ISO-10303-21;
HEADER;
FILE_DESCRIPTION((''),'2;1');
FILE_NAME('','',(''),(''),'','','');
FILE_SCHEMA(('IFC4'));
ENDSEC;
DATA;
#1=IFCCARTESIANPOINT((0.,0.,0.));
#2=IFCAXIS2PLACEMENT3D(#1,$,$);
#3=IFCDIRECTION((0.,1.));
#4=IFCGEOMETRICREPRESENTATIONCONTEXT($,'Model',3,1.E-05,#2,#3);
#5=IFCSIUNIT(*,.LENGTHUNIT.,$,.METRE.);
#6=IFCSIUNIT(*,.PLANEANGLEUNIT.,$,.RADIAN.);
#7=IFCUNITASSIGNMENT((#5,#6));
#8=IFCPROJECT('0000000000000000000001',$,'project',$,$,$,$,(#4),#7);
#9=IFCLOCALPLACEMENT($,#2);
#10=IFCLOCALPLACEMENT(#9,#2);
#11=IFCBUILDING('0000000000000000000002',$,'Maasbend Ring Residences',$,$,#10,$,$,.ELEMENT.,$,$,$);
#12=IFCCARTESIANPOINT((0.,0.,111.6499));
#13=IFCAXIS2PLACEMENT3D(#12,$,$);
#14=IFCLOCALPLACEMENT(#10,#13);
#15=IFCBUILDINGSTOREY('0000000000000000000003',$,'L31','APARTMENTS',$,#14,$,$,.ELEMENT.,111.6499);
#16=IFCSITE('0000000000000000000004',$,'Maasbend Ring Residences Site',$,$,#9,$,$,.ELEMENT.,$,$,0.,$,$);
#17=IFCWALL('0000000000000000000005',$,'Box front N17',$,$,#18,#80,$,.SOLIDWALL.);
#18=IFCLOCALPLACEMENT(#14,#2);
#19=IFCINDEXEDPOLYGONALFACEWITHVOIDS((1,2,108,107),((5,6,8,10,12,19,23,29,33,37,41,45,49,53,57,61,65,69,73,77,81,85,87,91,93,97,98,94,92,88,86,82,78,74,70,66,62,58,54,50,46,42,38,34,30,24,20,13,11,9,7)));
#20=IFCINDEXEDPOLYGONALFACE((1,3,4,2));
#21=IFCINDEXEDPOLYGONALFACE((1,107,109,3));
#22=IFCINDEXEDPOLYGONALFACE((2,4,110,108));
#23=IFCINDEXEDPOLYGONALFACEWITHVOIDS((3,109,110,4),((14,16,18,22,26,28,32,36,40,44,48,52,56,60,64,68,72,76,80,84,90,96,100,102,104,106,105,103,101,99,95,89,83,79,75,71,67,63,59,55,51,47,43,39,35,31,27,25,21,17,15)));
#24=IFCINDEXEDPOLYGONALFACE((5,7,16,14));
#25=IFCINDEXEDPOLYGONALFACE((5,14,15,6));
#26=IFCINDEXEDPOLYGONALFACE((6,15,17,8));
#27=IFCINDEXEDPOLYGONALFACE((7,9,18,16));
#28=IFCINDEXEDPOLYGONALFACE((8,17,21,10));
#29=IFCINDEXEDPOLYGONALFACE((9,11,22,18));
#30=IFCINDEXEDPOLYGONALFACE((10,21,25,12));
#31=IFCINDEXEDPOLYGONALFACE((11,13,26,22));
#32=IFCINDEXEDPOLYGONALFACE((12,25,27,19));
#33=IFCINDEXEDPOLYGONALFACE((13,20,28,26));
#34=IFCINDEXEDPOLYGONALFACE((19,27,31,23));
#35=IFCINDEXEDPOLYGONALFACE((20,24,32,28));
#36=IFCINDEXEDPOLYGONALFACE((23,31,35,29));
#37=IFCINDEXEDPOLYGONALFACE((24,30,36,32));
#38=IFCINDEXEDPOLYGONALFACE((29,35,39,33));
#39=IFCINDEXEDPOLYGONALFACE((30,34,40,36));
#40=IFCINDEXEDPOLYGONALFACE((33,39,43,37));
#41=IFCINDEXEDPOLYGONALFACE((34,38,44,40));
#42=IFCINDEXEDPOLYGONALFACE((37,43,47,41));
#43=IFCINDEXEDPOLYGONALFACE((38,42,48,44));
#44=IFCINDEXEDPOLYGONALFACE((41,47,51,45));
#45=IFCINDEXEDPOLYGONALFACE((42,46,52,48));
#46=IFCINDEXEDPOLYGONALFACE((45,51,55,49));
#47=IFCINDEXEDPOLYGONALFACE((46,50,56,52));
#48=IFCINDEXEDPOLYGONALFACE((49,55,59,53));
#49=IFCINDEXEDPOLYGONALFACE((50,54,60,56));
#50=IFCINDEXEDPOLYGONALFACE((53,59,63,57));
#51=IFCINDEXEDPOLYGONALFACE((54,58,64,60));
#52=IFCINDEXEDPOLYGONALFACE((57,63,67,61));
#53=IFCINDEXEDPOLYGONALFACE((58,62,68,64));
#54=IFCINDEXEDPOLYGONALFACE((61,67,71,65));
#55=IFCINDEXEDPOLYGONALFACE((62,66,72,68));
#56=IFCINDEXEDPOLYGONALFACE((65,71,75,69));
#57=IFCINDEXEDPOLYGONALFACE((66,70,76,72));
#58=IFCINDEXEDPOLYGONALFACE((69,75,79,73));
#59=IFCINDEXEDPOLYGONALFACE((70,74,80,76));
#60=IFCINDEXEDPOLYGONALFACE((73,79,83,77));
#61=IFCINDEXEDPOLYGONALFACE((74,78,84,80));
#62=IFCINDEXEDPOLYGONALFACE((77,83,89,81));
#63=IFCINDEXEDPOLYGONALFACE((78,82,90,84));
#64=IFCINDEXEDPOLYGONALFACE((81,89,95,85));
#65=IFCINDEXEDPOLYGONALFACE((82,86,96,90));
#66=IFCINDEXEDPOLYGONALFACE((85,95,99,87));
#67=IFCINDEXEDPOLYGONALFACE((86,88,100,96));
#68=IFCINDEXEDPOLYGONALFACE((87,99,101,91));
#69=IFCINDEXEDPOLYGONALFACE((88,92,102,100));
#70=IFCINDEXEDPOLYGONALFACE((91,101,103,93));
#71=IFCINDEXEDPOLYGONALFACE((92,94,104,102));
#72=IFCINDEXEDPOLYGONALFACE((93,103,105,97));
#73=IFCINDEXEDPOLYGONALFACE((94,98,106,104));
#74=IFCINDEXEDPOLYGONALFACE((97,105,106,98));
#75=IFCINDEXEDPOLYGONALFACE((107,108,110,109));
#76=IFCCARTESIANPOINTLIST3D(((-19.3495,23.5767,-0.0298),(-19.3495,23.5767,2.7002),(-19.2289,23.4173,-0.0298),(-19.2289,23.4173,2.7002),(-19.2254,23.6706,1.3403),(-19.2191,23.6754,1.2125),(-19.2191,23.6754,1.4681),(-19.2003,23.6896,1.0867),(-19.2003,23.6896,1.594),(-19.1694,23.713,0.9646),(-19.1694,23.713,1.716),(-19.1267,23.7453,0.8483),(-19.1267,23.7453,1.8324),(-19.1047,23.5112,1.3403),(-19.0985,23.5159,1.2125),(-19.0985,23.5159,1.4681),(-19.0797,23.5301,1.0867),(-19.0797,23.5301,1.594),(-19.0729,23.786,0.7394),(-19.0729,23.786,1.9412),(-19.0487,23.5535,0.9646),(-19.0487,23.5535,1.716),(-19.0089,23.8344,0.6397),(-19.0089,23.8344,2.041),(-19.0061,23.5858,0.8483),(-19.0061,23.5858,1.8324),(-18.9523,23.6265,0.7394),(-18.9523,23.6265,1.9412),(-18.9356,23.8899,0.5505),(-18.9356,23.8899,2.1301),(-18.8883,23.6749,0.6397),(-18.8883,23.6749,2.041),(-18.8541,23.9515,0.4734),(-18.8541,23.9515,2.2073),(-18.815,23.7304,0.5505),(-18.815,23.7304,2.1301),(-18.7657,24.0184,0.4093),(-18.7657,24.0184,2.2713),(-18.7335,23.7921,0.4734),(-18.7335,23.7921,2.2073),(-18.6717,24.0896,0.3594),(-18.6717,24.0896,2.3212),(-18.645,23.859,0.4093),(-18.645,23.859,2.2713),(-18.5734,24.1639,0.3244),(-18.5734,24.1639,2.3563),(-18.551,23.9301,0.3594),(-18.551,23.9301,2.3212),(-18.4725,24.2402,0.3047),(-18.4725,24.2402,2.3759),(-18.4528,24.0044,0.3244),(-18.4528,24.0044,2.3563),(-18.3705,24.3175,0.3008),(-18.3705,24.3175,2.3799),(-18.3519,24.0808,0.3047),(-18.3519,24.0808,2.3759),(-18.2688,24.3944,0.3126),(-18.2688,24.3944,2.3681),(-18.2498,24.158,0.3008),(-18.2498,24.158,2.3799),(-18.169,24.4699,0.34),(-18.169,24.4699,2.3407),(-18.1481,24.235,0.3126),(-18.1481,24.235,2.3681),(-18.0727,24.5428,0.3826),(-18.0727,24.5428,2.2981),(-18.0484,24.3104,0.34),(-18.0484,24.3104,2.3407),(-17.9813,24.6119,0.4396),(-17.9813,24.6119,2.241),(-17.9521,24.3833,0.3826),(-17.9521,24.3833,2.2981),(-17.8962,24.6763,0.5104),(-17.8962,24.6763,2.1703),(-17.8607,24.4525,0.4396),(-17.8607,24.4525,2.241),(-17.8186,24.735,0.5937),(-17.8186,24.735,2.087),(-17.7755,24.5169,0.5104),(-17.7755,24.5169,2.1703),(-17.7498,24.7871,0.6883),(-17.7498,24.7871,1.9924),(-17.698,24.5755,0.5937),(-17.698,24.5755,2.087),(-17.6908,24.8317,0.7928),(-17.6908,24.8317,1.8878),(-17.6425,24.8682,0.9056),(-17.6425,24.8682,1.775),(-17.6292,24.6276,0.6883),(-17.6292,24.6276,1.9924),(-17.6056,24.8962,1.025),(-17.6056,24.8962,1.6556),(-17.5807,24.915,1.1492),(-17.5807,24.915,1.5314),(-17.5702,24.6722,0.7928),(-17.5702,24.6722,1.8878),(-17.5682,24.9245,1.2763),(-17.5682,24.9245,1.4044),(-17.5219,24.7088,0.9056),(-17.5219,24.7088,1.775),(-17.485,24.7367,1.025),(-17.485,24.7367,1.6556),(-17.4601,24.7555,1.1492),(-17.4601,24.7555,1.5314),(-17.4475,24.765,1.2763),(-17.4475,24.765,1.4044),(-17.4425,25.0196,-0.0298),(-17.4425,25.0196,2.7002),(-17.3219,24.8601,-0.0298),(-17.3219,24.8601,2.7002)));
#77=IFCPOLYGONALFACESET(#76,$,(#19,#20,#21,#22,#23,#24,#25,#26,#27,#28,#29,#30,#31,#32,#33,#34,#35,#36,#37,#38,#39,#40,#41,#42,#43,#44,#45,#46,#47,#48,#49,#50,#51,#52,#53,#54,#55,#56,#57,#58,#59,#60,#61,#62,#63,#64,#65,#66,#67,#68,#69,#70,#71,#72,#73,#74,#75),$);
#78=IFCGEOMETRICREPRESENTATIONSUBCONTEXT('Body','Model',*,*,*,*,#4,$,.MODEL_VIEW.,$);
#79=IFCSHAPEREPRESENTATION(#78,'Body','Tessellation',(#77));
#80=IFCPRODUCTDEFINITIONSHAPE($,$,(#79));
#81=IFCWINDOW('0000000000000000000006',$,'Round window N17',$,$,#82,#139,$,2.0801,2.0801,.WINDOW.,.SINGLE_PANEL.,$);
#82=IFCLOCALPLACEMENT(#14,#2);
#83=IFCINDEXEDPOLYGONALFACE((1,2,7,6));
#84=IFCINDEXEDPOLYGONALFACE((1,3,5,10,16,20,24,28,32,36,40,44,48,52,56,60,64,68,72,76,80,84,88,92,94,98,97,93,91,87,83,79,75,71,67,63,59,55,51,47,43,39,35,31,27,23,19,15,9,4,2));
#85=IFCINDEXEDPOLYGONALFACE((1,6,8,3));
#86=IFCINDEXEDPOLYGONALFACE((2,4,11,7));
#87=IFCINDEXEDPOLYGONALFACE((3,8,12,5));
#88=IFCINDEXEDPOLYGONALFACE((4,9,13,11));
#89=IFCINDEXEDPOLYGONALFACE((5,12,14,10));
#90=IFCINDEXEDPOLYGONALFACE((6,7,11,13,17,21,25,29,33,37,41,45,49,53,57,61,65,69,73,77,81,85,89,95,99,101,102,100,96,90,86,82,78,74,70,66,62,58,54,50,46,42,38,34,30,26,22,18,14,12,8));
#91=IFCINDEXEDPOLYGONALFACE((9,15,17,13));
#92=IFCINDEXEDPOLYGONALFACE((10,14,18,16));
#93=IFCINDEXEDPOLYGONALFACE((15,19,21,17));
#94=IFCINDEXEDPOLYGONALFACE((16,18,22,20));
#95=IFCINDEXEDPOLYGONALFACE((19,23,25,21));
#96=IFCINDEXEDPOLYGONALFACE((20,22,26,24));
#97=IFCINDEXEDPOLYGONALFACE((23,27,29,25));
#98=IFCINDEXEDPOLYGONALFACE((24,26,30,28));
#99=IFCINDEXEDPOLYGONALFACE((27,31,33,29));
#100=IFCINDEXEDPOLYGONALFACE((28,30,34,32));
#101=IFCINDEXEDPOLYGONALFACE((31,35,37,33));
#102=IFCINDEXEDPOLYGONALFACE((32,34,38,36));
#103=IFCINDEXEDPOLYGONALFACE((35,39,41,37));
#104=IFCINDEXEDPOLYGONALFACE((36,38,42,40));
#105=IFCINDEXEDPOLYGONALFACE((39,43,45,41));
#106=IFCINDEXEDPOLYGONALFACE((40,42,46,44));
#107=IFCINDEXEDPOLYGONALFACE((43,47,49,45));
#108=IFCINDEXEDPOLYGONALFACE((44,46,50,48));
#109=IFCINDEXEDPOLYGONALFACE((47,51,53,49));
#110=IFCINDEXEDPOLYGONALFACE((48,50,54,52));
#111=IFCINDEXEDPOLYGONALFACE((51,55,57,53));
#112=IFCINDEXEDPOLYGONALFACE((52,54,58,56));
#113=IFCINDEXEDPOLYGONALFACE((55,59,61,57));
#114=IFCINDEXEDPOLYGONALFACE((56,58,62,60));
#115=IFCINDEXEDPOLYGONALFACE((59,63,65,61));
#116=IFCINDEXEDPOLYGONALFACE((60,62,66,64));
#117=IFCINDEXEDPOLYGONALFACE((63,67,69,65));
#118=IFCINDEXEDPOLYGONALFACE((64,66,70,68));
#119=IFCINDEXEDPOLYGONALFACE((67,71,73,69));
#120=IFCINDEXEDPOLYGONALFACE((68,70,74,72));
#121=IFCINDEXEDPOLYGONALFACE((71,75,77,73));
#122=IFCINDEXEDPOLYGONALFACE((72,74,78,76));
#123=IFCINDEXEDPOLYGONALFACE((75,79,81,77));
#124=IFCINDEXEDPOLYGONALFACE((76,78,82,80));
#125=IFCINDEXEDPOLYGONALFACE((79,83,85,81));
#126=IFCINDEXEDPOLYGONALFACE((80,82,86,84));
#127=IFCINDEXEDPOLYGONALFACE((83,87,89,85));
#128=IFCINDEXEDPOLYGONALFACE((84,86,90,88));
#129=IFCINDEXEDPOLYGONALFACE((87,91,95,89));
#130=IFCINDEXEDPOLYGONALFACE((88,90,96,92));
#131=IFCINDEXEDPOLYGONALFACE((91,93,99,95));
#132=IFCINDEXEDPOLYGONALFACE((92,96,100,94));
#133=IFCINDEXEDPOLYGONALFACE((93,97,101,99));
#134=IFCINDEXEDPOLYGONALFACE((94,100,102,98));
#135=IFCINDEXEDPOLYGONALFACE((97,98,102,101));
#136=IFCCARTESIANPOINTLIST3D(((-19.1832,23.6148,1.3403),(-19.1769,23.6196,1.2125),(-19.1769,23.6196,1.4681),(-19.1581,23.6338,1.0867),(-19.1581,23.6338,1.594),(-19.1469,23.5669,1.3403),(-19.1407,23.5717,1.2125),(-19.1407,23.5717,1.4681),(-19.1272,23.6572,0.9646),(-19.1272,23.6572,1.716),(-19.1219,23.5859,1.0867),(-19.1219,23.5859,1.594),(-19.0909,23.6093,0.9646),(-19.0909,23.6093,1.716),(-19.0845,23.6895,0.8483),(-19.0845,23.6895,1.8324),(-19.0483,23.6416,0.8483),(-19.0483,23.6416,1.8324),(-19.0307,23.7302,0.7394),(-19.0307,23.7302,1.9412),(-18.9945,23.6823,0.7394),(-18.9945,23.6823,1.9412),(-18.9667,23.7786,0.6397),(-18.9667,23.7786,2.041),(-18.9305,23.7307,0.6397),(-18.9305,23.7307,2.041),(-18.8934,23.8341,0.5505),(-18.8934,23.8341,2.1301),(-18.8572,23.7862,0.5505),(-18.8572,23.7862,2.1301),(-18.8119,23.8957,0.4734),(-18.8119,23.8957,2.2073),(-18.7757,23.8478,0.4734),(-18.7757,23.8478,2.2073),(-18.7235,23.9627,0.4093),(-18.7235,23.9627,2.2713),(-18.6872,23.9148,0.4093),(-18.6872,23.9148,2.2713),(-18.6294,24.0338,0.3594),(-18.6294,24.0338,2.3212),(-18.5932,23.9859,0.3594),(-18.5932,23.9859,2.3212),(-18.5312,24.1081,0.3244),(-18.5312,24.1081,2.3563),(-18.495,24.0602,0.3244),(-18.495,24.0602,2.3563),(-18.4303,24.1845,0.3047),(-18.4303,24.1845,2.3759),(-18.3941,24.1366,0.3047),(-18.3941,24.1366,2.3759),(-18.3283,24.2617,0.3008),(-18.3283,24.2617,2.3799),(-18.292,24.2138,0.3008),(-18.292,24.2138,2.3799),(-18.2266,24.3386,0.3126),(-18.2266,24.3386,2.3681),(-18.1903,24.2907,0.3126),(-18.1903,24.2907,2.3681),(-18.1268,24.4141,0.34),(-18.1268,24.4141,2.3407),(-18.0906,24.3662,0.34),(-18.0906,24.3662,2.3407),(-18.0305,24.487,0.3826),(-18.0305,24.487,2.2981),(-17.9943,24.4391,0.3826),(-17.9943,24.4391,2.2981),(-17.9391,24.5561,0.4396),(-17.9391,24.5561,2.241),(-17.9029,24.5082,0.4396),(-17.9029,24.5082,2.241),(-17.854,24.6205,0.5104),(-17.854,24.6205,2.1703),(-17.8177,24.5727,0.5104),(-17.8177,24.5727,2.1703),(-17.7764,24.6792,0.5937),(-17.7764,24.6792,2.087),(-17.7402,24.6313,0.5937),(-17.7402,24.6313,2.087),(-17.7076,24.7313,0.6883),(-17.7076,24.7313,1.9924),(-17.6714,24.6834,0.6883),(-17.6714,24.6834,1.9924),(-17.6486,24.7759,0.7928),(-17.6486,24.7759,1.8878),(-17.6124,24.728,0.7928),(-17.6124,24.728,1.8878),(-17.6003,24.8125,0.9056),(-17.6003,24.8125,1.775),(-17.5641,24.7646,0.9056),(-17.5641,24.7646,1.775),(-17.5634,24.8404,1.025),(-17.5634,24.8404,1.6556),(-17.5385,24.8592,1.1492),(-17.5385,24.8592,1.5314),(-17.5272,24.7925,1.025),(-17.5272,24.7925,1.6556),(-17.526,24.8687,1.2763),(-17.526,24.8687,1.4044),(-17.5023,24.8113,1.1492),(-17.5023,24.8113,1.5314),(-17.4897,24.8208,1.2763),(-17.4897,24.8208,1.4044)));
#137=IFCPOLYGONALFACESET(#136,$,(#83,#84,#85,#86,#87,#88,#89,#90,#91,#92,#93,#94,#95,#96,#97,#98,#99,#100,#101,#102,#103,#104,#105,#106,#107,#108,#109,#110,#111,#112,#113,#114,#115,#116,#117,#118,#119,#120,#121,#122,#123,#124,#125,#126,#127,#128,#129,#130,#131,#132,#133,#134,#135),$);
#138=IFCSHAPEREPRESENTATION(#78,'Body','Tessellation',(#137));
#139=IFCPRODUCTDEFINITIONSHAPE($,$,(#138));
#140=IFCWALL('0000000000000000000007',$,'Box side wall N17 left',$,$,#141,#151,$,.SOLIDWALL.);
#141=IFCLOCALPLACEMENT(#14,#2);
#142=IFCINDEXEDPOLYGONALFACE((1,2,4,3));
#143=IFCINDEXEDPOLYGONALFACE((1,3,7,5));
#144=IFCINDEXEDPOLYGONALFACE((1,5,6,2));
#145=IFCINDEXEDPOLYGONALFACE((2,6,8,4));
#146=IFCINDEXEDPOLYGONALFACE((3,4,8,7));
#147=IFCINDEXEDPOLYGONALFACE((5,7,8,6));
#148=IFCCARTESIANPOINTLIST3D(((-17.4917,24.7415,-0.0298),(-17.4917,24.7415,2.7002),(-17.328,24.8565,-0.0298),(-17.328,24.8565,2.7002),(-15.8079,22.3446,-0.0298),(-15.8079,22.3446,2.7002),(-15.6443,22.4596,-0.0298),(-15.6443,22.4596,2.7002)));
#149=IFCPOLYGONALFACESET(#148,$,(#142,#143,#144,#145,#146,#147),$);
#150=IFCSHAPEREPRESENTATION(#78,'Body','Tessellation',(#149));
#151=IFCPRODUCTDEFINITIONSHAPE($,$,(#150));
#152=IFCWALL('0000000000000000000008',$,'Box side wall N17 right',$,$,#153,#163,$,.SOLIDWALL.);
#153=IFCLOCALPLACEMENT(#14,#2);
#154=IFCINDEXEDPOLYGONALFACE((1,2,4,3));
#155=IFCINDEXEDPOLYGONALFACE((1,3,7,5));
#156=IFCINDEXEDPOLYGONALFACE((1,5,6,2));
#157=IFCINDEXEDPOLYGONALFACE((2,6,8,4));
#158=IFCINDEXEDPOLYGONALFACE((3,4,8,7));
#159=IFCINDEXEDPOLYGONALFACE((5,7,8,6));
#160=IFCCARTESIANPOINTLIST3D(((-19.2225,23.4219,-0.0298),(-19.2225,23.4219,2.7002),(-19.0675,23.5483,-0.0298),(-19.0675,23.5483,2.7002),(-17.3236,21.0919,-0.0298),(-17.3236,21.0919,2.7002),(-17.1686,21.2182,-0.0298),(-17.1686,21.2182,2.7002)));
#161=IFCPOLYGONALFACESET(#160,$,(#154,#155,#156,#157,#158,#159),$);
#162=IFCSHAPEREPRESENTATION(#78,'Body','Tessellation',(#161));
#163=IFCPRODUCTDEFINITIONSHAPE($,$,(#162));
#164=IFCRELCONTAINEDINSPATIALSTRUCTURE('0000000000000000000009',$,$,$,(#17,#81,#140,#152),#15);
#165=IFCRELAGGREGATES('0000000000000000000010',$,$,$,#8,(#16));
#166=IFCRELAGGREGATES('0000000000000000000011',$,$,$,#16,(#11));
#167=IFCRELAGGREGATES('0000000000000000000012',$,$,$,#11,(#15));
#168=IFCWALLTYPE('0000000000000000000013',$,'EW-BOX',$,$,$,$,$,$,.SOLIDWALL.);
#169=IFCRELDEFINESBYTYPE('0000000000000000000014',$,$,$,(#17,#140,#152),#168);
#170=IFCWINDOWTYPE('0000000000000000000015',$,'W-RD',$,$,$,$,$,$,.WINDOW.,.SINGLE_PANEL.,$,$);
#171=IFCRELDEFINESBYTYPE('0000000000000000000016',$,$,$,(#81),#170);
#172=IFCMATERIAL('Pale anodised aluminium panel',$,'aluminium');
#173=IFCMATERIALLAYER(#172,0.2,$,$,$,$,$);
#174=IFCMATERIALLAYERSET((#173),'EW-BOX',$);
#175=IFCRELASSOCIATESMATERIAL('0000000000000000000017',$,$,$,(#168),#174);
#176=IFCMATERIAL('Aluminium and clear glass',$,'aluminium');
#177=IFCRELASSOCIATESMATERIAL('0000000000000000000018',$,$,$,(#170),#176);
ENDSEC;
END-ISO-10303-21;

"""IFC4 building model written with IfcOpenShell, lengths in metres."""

from ifc_helpers import new_model, si_unit, direction, frame, frame_2d, origin, place, context, subcontext, project, spatial, rectangle, circle, extrude, material, layer, layer_set, type_object, element, fill, save


model = new_model("IFC4")

# Units and contexts
model_context = context("Model", 3, precision=1e-05, world=origin(), true_north=direction((0.0, 1.0)))
body_context = subcontext(model_context, "Body", "Model", "MODEL_VIEW")
ifc_project = project(units=[si_unit("LENGTHUNIT", "METRE"), si_unit("PLANEANGLEUNIT", "RADIAN")], contexts=[model_context])

# Site, building, storey
site_placement = place(None, origin())
site = spatial("IfcSite", under=ifc_project, at=site_placement, Name="Maasbend Ring Residences Site", CompositionType="ELEMENT", RefElevation=0.0)
building_placement = place(site_placement, origin())
building = spatial("IfcBuilding", under=site, at=building_placement, Name="Maasbend Ring Residences", CompositionType="ELEMENT")
storey_placement = place(building_placement, frame((0.0, 0.0, 111.6499)))
storey = spatial("IfcBuildingStorey", under=building, at=storey_placement, Name="L31", Description="APARTMENTS", CompositionType="ELEMENT", Elevation=111.6499)

# Shared definitions
ifc_material_1 = material(Name="Pale anodised aluminium panel", Category="aluminium")
ifc_layer_1 = layer(ifc_material_1, 0.2)
ifc_layer_set_1 = layer_set([ifc_layer_1], Name="EW-BOX")
wall_type_1 = type_object("IfcWallType", Name="EW-BOX", PredefinedType="SOLIDWALL", material=ifc_layer_set_1)
ifc_material_2 = material(Name="Aluminium and clear glass", Category="aluminium")
window_type_1 = type_object("IfcWindowType", Name="W-RD", PartitioningType="SINGLE_PANEL", PredefinedType="WINDOW", material=ifc_material_2)

# Wall, opening, window
wall_1_placement = place(storey_placement, frame((-17.3821, 24.9399, -0.0298), z_axis=(0.0, 0.0, 1.0), x_axis=(-0.797457, -0.603376, 0.0)))
wall_1 = element("IfcWall", 1, at=wall_1_placement, inside=storey, type_object=wall_type_1, Name="Box front N17", PredefinedType="SOLIDWALL", context=body_context, shape_type="SweptSolid", body=[
    extrude(rectangle(XDim=2.3914, YDim=0.2, at=frame_2d((1.1958, 0.0))), origin(), (0.0, 0.0, 1.0), 2.73),
])
opening_1_placement = place(wall_1_placement, frame((0.1558, 0.0, 0.3301)))
opening_1 = element("IfcOpeningElement", 2, at=opening_1_placement, cuts=wall_1, PredefinedType="OPENING", context=body_context, shape_type="SweptSolid", body=[
    extrude(circle(Radius=1.04, at=frame_2d((1.04, 1.04))), frame((0.0, 0.1099, 0.0), z_axis=(0.0, -1.0, 0.0), x_axis=(1.0, 0.0, 0.0)), (0.0, 0.0, 1.0), 0.22),
])
window_1_placement = place(opening_1_placement, origin())
window_1 = element("IfcWindow", 3, at=window_1_placement, inside=storey, type_object=window_type_1, Name="Round window N17", OverallHeight=2.0801, OverallWidth=2.0801, PartitioningType="SINGLE_PANEL", PredefinedType="WINDOW", context=body_context, shape_type="SweptSolid", body=[
    extrude(circle(Radius=1.04, at=frame_2d((1.04, 1.04))), frame((0.0, 0.03, 0.0), z_axis=(0.0, -1.0, 0.0), x_axis=(1.0, 0.0, 0.0)), (0.0, 0.0, 1.0), 0.0601),
])
fill(opening_1, window_1)

# Walls
wall_2_placement = place(storey_placement, frame((-15.7261, 22.4021, -0.0298), z_axis=(0.0, 0.0, 1.0), x_axis=(-0.574826, 0.818275, 0.0)))
element("IfcWall", 4, at=wall_2_placement, inside=storey, type_object=wall_type_1, Name="Box side wall N17 left", PredefinedType="SOLIDWALL", context=body_context, shape_type="SweptSolid", body=[
    extrude(rectangle(XDim=2.9292, YDim=0.2, at=frame_2d((1.4646, 0.0))), origin(), (0.0, 0.0, 1.0), 2.73),
])
wall_3_placement = place(storey_placement, frame((-17.2461, 21.155, -0.0298), z_axis=(0.0, 0.0, 1.0), x_axis=(-0.631742, 0.775179, 0.0)))
element("IfcWall", 5, at=wall_3_placement, inside=storey, type_object=wall_type_1, Name="Box side wall N17 right", PredefinedType="SOLIDWALL", context=body_context, shape_type="SweptSolid", body=[
    extrude(rectangle(XDim=3.0059, YDim=0.2, at=frame_2d((1.5029, 0.0))), origin(), (0.0, 0.0, 1.0), 2.73),
])

save(model, "model.ifc")
